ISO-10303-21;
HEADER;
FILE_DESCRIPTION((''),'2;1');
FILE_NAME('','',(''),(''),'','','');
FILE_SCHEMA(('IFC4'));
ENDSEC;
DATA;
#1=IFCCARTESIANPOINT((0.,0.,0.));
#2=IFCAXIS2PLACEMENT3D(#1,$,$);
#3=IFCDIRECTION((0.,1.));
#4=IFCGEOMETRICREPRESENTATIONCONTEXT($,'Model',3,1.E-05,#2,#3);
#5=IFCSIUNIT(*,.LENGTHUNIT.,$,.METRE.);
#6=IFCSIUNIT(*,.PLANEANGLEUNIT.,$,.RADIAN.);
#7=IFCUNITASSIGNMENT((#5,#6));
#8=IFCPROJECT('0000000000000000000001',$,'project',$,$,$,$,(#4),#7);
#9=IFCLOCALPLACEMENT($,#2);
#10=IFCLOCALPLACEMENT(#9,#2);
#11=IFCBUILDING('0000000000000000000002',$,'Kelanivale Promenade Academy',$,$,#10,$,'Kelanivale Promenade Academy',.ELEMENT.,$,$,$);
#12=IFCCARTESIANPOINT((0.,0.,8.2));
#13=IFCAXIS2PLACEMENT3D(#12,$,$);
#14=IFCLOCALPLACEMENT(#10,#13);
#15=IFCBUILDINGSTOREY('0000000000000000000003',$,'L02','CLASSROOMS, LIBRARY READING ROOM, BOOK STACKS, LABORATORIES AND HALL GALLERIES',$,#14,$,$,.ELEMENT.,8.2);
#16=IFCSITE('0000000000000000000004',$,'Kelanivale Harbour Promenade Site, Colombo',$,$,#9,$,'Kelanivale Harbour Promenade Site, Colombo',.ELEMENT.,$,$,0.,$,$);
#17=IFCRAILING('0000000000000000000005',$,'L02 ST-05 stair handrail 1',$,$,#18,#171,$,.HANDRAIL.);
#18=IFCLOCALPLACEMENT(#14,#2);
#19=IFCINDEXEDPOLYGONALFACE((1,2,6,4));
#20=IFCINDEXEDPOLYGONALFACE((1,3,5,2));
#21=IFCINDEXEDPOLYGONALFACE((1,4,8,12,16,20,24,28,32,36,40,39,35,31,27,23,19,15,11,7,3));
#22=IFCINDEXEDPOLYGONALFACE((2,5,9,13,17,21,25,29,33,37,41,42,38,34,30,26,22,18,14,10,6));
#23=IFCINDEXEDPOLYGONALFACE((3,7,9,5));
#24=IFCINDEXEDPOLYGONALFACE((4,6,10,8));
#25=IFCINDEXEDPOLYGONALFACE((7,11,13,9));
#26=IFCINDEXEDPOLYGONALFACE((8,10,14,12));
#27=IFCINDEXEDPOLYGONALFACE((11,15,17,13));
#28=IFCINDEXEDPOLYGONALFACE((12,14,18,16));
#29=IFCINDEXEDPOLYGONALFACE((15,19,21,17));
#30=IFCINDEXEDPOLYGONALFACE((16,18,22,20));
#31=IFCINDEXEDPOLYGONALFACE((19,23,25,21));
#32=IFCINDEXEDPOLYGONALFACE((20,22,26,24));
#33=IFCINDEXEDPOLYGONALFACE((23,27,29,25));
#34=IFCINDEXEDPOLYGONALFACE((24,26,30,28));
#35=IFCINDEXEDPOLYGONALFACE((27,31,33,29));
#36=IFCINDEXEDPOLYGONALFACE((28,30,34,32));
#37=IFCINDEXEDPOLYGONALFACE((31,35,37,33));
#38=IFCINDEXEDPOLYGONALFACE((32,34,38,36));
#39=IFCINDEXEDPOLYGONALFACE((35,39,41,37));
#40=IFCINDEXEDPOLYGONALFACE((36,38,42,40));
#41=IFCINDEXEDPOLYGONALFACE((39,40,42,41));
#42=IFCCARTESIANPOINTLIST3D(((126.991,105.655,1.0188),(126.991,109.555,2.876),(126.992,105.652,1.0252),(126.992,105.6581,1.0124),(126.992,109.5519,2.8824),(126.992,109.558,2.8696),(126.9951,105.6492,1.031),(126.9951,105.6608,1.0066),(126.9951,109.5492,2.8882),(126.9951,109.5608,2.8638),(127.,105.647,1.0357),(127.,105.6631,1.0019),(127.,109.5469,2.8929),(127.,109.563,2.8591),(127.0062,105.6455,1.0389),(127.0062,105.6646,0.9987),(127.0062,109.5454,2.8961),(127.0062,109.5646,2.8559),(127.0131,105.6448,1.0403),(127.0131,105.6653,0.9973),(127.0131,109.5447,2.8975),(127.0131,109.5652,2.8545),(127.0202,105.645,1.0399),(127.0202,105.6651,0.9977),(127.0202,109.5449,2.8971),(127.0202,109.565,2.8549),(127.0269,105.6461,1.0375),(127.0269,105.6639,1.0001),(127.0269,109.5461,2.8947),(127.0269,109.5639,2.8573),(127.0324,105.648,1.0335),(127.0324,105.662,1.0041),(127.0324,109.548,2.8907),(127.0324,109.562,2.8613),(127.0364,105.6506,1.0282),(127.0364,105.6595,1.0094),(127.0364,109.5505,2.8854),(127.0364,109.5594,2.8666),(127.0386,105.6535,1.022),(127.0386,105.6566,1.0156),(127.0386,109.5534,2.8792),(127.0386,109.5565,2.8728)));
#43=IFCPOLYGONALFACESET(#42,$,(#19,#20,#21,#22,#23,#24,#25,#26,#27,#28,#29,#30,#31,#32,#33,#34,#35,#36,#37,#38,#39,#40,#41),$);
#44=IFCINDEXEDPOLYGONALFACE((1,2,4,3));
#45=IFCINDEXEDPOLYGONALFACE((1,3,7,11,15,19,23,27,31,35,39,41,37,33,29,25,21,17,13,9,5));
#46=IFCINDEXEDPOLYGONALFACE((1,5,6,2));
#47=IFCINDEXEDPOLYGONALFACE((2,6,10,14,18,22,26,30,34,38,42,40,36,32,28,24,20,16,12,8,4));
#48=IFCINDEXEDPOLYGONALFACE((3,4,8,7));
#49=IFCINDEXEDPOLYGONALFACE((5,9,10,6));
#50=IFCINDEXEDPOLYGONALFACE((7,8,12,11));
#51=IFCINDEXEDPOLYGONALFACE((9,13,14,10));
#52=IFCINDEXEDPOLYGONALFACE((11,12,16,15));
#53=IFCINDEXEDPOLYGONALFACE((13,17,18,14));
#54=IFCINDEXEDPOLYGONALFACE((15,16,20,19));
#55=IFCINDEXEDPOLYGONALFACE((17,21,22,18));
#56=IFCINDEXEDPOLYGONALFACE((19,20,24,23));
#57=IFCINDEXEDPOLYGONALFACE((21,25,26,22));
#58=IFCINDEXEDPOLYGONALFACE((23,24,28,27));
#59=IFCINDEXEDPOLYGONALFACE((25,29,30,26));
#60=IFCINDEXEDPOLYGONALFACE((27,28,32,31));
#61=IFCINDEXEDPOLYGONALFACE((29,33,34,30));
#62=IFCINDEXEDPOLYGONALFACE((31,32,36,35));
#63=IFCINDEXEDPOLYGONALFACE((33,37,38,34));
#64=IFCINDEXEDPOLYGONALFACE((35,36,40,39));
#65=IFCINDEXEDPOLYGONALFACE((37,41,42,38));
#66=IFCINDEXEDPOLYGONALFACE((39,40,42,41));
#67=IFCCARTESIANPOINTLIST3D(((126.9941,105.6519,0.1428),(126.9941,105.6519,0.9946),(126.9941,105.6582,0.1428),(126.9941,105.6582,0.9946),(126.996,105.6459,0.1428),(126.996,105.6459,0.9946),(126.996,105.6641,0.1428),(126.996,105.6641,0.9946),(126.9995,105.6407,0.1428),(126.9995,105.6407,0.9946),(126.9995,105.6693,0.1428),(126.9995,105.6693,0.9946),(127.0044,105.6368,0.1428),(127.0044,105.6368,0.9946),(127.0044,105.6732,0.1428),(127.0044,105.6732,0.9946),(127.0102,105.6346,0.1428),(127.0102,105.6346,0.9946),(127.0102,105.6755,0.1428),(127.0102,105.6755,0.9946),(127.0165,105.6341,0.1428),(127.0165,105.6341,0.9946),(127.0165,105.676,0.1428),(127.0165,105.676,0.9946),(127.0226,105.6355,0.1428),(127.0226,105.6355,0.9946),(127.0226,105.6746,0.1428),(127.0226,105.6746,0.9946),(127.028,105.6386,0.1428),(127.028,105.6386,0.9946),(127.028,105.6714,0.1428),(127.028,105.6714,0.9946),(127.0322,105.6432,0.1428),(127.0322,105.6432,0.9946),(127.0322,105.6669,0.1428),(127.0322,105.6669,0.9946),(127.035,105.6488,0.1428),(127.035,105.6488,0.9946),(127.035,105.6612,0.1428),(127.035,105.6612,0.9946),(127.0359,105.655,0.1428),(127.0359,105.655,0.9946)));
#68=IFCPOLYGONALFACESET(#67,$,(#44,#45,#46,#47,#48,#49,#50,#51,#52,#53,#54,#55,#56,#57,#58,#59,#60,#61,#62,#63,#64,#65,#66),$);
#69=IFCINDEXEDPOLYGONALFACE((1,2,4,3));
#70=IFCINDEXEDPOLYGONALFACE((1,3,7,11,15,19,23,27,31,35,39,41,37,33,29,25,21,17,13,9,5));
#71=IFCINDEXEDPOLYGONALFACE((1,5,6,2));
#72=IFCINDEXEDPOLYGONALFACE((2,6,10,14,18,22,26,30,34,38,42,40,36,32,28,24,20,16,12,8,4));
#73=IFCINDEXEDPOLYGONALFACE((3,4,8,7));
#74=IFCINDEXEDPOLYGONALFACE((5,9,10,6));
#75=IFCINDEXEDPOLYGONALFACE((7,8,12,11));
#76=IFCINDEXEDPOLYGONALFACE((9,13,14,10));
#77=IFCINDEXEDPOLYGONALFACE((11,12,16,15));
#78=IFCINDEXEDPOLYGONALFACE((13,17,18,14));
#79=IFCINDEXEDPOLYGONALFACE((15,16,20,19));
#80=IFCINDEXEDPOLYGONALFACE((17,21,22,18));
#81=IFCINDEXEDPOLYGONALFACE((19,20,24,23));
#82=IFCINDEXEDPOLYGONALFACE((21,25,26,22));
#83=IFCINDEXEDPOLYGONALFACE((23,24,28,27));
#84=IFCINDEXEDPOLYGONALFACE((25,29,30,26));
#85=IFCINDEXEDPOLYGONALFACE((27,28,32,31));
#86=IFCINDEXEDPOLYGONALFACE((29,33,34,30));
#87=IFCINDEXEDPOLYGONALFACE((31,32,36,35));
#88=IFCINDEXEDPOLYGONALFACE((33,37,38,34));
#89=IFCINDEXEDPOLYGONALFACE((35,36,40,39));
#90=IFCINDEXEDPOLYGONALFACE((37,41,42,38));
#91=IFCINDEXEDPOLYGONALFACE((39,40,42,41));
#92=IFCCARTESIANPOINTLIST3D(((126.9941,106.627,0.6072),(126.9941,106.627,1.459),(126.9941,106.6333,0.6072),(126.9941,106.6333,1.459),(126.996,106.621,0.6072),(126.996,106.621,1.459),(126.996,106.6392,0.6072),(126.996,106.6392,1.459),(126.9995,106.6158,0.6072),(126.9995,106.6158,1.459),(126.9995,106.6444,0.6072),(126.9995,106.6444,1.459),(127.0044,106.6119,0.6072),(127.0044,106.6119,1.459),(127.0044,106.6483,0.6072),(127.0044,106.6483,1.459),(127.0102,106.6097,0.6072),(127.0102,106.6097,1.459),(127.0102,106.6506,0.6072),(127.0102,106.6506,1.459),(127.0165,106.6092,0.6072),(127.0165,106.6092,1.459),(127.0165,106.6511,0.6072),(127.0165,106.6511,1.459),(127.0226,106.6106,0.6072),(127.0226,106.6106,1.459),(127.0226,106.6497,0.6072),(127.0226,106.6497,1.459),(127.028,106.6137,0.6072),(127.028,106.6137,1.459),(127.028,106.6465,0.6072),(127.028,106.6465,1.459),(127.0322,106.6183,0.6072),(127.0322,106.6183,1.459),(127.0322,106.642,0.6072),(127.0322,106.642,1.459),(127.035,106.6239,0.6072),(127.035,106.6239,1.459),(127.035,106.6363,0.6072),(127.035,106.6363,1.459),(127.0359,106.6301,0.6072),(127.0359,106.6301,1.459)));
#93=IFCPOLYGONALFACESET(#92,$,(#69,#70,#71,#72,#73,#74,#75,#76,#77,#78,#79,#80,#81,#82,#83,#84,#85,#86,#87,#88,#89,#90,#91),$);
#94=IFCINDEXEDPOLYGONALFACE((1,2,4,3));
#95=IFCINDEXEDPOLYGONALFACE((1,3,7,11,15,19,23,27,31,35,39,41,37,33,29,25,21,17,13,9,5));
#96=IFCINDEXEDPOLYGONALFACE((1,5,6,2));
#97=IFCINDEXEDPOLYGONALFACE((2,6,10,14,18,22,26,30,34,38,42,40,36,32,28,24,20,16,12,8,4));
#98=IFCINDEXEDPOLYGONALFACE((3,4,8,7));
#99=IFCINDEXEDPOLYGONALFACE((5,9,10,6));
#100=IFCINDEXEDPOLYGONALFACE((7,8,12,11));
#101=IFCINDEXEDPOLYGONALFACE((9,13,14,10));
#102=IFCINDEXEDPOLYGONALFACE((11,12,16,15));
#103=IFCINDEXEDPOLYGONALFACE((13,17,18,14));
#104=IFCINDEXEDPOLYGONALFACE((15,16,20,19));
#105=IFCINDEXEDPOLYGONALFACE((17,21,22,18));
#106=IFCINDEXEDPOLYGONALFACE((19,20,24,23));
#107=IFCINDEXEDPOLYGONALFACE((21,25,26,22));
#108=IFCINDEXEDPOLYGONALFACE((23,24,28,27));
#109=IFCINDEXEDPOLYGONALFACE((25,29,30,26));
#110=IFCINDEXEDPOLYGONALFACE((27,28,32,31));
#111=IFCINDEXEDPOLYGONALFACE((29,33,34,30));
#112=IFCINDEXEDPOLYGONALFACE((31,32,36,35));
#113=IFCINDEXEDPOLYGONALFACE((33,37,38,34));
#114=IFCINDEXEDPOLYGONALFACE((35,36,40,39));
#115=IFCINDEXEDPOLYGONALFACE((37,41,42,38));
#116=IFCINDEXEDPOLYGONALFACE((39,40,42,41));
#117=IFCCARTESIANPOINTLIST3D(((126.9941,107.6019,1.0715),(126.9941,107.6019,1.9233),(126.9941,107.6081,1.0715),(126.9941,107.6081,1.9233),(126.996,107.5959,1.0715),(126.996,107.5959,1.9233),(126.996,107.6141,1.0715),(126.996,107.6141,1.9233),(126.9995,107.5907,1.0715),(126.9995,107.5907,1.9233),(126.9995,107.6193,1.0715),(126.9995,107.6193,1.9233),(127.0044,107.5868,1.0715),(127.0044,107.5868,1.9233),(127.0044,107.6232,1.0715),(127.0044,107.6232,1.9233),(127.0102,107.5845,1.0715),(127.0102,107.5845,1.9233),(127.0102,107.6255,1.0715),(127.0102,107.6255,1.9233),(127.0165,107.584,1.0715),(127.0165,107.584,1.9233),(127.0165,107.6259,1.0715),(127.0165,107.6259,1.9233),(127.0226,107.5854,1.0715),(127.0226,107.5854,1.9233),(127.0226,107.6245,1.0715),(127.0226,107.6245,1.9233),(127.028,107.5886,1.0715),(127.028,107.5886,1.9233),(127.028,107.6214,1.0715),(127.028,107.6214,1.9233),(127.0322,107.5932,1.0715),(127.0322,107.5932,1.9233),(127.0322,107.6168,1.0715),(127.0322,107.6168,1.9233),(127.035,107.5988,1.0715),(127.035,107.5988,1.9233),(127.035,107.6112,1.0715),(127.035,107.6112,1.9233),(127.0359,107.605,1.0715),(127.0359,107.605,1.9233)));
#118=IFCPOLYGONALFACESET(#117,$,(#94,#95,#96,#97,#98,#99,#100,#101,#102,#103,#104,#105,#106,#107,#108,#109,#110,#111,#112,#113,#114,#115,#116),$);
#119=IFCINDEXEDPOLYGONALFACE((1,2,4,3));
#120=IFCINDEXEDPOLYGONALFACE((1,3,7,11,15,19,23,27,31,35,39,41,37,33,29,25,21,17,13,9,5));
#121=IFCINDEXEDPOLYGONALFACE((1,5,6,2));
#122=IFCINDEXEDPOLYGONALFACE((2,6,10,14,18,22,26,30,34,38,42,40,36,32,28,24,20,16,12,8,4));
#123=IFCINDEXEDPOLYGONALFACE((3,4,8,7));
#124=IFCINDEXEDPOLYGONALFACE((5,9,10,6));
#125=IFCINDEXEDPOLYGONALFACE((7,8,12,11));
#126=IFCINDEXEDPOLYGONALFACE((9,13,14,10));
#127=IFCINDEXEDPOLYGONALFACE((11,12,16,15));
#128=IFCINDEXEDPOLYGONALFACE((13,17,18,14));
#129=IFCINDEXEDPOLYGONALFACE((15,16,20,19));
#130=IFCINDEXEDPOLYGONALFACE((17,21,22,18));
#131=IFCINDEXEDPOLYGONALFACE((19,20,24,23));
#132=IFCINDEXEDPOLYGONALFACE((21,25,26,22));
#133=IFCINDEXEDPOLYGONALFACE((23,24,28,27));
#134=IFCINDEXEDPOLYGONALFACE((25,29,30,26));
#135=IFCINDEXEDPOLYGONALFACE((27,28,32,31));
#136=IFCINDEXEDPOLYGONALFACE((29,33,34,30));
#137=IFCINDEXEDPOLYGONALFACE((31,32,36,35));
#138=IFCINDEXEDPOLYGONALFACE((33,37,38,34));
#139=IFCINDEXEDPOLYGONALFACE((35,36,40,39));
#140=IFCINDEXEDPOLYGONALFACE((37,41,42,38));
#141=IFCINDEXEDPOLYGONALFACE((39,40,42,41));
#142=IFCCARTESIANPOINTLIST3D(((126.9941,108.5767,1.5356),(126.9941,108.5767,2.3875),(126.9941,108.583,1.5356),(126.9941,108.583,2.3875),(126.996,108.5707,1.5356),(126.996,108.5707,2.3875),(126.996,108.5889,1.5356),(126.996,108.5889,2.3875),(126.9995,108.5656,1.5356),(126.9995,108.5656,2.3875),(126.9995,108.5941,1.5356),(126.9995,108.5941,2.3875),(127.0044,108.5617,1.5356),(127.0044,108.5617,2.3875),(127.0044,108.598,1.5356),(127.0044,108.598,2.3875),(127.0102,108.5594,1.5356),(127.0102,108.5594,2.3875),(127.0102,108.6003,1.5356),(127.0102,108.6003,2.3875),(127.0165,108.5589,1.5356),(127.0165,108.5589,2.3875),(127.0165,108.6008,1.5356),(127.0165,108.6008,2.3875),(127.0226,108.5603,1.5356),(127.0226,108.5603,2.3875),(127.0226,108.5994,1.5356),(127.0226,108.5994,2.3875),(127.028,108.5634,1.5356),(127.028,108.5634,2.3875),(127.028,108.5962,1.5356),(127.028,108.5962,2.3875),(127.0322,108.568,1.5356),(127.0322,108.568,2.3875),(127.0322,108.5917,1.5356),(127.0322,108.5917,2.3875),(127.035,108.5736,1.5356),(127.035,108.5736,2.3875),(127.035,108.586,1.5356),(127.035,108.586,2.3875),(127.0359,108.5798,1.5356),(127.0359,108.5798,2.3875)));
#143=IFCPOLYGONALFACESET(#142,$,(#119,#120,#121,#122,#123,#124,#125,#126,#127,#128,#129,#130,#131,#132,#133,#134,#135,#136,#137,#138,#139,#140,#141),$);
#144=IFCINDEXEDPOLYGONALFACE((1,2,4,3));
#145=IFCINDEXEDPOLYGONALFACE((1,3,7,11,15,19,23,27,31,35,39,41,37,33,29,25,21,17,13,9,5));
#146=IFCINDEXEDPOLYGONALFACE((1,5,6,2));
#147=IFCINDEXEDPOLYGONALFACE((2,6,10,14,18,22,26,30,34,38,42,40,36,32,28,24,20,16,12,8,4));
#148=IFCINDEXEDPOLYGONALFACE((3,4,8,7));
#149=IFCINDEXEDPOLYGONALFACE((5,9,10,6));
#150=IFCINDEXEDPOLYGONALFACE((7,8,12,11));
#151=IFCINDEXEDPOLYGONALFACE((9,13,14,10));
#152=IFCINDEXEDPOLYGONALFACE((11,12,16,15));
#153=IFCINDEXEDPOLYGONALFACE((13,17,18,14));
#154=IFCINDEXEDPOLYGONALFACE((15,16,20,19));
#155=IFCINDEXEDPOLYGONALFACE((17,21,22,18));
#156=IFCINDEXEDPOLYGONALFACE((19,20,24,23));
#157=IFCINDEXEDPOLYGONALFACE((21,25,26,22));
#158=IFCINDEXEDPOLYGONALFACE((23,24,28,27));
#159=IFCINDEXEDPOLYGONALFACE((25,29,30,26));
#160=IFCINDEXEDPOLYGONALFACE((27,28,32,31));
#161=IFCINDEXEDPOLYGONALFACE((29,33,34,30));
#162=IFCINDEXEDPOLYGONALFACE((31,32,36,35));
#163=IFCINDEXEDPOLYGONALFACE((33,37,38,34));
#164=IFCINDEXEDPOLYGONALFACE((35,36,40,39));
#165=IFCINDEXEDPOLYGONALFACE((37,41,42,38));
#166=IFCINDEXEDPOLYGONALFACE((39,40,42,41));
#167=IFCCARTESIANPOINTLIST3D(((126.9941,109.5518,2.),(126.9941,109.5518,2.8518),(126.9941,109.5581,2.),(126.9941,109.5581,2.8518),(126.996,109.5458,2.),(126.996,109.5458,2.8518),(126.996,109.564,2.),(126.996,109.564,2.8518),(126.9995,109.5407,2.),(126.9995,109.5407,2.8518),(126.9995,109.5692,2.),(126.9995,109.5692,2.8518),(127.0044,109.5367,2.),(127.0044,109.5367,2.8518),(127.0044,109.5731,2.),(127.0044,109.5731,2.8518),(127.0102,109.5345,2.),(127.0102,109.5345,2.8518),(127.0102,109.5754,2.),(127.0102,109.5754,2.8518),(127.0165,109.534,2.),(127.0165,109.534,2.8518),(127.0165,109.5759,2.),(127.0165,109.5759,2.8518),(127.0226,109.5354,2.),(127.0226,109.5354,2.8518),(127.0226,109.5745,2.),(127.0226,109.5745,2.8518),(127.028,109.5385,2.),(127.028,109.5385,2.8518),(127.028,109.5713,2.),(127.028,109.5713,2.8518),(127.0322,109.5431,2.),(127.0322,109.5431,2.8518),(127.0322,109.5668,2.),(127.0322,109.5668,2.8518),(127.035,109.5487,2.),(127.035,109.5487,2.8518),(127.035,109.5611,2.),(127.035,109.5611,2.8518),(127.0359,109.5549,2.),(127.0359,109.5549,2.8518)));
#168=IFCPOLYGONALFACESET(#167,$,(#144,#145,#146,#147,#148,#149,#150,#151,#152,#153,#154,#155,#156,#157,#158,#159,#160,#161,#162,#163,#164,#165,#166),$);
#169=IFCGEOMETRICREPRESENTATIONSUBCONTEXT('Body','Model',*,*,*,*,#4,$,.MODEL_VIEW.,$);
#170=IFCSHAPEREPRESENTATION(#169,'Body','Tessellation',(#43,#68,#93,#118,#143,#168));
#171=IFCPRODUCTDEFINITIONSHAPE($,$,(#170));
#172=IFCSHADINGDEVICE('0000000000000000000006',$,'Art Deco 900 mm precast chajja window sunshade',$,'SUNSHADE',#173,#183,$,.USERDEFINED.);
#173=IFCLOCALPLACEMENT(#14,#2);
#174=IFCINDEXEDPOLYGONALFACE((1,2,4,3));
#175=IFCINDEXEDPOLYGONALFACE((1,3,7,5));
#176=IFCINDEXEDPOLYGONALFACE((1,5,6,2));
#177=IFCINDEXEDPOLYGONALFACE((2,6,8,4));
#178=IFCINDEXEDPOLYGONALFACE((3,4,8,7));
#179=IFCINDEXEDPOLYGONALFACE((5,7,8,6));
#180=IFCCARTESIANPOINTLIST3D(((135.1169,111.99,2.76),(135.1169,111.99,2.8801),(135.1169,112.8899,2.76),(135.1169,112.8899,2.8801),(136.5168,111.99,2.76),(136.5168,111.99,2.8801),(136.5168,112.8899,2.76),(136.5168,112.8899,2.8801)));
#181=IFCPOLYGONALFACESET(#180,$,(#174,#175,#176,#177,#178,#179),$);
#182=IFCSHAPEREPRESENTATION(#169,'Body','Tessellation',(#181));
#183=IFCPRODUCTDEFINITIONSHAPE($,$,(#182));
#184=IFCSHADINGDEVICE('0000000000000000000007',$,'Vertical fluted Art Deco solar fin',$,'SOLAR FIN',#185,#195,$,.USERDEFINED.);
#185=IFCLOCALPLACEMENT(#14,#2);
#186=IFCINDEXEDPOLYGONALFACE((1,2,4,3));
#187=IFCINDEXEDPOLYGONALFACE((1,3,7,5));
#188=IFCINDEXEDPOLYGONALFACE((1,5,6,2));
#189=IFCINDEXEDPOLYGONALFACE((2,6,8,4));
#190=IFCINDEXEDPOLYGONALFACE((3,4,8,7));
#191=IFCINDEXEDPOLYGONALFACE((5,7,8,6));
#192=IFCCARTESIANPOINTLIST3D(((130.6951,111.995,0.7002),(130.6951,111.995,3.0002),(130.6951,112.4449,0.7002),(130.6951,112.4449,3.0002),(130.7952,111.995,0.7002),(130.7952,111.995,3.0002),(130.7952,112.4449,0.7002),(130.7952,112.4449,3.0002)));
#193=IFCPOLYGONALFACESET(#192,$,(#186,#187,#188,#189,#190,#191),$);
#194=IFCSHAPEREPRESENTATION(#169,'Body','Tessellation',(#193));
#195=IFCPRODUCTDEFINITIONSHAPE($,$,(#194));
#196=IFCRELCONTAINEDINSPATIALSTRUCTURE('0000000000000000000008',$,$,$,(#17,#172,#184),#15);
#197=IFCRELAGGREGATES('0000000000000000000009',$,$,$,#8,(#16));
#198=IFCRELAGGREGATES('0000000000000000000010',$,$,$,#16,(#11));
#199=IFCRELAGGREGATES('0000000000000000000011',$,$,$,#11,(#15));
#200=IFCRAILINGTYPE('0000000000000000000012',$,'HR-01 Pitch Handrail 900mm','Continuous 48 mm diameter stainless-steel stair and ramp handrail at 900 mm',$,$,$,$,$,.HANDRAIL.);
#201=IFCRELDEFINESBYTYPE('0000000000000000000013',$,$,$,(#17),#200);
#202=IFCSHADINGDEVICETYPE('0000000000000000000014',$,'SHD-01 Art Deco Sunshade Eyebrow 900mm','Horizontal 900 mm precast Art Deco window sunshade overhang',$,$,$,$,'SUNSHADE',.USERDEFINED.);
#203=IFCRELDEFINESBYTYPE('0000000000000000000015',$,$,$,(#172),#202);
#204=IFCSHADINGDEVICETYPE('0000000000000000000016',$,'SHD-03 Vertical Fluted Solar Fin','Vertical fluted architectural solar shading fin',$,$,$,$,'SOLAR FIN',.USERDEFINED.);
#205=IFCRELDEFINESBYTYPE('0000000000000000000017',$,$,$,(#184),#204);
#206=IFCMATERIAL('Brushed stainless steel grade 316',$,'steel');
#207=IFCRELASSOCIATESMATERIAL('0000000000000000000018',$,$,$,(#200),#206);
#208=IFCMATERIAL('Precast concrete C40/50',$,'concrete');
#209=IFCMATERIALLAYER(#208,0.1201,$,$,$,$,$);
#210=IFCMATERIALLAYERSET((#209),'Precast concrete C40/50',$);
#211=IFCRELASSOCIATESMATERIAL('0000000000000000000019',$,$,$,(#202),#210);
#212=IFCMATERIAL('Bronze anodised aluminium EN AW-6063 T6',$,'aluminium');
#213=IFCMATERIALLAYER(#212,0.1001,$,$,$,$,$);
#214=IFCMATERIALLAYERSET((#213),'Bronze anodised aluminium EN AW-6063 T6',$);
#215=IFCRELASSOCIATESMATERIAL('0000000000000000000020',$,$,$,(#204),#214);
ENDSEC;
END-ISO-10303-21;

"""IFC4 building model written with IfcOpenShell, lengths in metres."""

from ifc_helpers import new_model, si_unit, direction, frame, origin, origin_2d, place, context, subcontext, project, spatial, rectangle, circle, extrude, material, layer, layer_set, type_object, element, save


model = new_model("IFC4")

# Units and contexts
model_context = context("Model", 3, precision=1e-05, world=origin(), true_north=direction((0.0, 1.0)))
body_context = subcontext(model_context, "Body", "Model", "MODEL_VIEW")
ifc_project = project(units=[si_unit("LENGTHUNIT", "METRE"), si_unit("PLANEANGLEUNIT", "RADIAN")], contexts=[model_context])

# Site, building, storey
site_placement = place(None, origin())
site = spatial("IfcSite", under=ifc_project, at=site_placement, Name="Kelanivale Harbour Promenade Site, Colombo", LongName="Kelanivale Harbour Promenade Site, Colombo", CompositionType="ELEMENT", RefElevation=0.0)
building_placement = place(site_placement, origin())
building = spatial("IfcBuilding", under=site, at=building_placement, Name="Kelanivale Promenade Academy", LongName="Kelanivale Promenade Academy", CompositionType="ELEMENT")
storey_placement = place(building_placement, frame((0.0, 0.0, 8.2)))
storey = spatial("IfcBuildingStorey", under=building, at=storey_placement, Name="L02", Description="CLASSROOMS, LIBRARY READING ROOM, BOOK STACKS, LABORATORIES AND HALL GALLERIES", CompositionType="ELEMENT", Elevation=8.2)

# Railing
ifc_material_1 = material(Name="Brushed stainless steel grade 316", Category="steel")
railing_type_1 = type_object("IfcRailingType", Name="HR-01 Pitch Handrail 900mm", Description="Continuous 48 mm diameter stainless-steel stair and ramp handrail at 900 mm", PredefinedType="HANDRAIL", material=ifc_material_1)
railing_1_placement = place(storey_placement, frame((127.0149, 105.655, 0.1428)))
element("IfcRailing", 1, at=railing_1_placement, inside=storey, type_object=railing_type_1, Name="L02 ST-05 stair handrail 1", PredefinedType="HANDRAIL", context=body_context, shape_type="SweptSolid", body=[
    extrude(circle(Radius=0.0239, at=origin_2d()), frame((0.0, 0.0, 0.876), z_axis=(0.0, 0.902853, 0.429949), x_axis=(-1.0, 0.0, 0.0)), (0.0, 0.0, 1.0), 4.3196),
    extrude(circle(Radius=0.021, at=origin_2d()), origin(), (0.0, 0.0, 1.0), 0.8518),
    extrude(circle(Radius=0.021, at=origin_2d()), frame((0.0, 0.9751, 0.4644)), (0.0, 0.0, 1.0), 0.8518),
    extrude(circle(Radius=0.021, at=origin_2d()), frame((0.0, 1.95, 0.9287)), (0.0, 0.0, 1.0), 0.8518),
    extrude(circle(Radius=0.021, at=origin_2d()), frame((0.0, 2.9248, 1.3928)), (0.0, 0.0, 1.0), 0.8518),
    extrude(circle(Radius=0.021, at=origin_2d()), frame((0.0, 3.8999, 1.8572)), (0.0, 0.0, 1.0), 0.8518),
])

# Shading devices
ifc_material_2 = material(Name="Precast concrete C40/50", Category="concrete")
ifc_layer_1 = layer(ifc_material_2, 0.1201)
ifc_layer_set_1 = layer_set([ifc_layer_1], Name="Precast concrete C40/50")
shading_device_type_1 = type_object("IfcShadingDeviceType", Name="SHD-01 Art Deco Sunshade Eyebrow 900mm", Description="Horizontal 900 mm precast Art Deco window sunshade overhang", ElementType="SUNSHADE", PredefinedType="USERDEFINED", material=ifc_layer_set_1)
shading_device_1_placement = place(storey_placement, frame((135.8169, 112.4399, 2.76), z_axis=(0.0, 0.0, 1.0), x_axis=(-1.0, 0.0, 0.0)))
element("IfcShadingDevice", 2, at=shading_device_1_placement, inside=storey, type_object=shading_device_type_1, Name="Art Deco 900 mm precast chajja window sunshade", ObjectType="SUNSHADE", PredefinedType="USERDEFINED", context=body_context, shape_type="SweptSolid", body=[
    extrude(rectangle(XDim=1.3999, YDim=0.8999, at=origin_2d()), origin(), (0.0, 0.0, 1.0), 0.1201),
])
ifc_material_3 = material(Name="Bronze anodised aluminium EN AW-6063 T6", Category="aluminium")
ifc_layer_2 = layer(ifc_material_3, 0.1001)
ifc_layer_set_2 = layer_set([ifc_layer_2], Name="Bronze anodised aluminium EN AW-6063 T6")
shading_device_type_2 = type_object("IfcShadingDeviceType", Name="SHD-03 Vertical Fluted Solar Fin", Description="Vertical fluted architectural solar shading fin", ElementType="SOLAR FIN", PredefinedType="USERDEFINED", material=ifc_layer_set_2)
shading_device_2_placement = place(storey_placement, frame((130.7451, 112.22, 0.7002), z_axis=(0.0, 0.0, 1.0), x_axis=(-1.0, 0.0, 0.0)))
element("IfcShadingDevice", 3, at=shading_device_2_placement, inside=storey, type_object=shading_device_type_2, Name="Vertical fluted Art Deco solar fin", ObjectType="SOLAR FIN", PredefinedType="USERDEFINED", context=body_context, shape_type="SweptSolid", body=[
    extrude(rectangle(XDim=0.1001, YDim=0.45, at=origin_2d()), origin(), (0.0, 0.0, 1.0), 2.3),
])

save(model, "model.ifc")
